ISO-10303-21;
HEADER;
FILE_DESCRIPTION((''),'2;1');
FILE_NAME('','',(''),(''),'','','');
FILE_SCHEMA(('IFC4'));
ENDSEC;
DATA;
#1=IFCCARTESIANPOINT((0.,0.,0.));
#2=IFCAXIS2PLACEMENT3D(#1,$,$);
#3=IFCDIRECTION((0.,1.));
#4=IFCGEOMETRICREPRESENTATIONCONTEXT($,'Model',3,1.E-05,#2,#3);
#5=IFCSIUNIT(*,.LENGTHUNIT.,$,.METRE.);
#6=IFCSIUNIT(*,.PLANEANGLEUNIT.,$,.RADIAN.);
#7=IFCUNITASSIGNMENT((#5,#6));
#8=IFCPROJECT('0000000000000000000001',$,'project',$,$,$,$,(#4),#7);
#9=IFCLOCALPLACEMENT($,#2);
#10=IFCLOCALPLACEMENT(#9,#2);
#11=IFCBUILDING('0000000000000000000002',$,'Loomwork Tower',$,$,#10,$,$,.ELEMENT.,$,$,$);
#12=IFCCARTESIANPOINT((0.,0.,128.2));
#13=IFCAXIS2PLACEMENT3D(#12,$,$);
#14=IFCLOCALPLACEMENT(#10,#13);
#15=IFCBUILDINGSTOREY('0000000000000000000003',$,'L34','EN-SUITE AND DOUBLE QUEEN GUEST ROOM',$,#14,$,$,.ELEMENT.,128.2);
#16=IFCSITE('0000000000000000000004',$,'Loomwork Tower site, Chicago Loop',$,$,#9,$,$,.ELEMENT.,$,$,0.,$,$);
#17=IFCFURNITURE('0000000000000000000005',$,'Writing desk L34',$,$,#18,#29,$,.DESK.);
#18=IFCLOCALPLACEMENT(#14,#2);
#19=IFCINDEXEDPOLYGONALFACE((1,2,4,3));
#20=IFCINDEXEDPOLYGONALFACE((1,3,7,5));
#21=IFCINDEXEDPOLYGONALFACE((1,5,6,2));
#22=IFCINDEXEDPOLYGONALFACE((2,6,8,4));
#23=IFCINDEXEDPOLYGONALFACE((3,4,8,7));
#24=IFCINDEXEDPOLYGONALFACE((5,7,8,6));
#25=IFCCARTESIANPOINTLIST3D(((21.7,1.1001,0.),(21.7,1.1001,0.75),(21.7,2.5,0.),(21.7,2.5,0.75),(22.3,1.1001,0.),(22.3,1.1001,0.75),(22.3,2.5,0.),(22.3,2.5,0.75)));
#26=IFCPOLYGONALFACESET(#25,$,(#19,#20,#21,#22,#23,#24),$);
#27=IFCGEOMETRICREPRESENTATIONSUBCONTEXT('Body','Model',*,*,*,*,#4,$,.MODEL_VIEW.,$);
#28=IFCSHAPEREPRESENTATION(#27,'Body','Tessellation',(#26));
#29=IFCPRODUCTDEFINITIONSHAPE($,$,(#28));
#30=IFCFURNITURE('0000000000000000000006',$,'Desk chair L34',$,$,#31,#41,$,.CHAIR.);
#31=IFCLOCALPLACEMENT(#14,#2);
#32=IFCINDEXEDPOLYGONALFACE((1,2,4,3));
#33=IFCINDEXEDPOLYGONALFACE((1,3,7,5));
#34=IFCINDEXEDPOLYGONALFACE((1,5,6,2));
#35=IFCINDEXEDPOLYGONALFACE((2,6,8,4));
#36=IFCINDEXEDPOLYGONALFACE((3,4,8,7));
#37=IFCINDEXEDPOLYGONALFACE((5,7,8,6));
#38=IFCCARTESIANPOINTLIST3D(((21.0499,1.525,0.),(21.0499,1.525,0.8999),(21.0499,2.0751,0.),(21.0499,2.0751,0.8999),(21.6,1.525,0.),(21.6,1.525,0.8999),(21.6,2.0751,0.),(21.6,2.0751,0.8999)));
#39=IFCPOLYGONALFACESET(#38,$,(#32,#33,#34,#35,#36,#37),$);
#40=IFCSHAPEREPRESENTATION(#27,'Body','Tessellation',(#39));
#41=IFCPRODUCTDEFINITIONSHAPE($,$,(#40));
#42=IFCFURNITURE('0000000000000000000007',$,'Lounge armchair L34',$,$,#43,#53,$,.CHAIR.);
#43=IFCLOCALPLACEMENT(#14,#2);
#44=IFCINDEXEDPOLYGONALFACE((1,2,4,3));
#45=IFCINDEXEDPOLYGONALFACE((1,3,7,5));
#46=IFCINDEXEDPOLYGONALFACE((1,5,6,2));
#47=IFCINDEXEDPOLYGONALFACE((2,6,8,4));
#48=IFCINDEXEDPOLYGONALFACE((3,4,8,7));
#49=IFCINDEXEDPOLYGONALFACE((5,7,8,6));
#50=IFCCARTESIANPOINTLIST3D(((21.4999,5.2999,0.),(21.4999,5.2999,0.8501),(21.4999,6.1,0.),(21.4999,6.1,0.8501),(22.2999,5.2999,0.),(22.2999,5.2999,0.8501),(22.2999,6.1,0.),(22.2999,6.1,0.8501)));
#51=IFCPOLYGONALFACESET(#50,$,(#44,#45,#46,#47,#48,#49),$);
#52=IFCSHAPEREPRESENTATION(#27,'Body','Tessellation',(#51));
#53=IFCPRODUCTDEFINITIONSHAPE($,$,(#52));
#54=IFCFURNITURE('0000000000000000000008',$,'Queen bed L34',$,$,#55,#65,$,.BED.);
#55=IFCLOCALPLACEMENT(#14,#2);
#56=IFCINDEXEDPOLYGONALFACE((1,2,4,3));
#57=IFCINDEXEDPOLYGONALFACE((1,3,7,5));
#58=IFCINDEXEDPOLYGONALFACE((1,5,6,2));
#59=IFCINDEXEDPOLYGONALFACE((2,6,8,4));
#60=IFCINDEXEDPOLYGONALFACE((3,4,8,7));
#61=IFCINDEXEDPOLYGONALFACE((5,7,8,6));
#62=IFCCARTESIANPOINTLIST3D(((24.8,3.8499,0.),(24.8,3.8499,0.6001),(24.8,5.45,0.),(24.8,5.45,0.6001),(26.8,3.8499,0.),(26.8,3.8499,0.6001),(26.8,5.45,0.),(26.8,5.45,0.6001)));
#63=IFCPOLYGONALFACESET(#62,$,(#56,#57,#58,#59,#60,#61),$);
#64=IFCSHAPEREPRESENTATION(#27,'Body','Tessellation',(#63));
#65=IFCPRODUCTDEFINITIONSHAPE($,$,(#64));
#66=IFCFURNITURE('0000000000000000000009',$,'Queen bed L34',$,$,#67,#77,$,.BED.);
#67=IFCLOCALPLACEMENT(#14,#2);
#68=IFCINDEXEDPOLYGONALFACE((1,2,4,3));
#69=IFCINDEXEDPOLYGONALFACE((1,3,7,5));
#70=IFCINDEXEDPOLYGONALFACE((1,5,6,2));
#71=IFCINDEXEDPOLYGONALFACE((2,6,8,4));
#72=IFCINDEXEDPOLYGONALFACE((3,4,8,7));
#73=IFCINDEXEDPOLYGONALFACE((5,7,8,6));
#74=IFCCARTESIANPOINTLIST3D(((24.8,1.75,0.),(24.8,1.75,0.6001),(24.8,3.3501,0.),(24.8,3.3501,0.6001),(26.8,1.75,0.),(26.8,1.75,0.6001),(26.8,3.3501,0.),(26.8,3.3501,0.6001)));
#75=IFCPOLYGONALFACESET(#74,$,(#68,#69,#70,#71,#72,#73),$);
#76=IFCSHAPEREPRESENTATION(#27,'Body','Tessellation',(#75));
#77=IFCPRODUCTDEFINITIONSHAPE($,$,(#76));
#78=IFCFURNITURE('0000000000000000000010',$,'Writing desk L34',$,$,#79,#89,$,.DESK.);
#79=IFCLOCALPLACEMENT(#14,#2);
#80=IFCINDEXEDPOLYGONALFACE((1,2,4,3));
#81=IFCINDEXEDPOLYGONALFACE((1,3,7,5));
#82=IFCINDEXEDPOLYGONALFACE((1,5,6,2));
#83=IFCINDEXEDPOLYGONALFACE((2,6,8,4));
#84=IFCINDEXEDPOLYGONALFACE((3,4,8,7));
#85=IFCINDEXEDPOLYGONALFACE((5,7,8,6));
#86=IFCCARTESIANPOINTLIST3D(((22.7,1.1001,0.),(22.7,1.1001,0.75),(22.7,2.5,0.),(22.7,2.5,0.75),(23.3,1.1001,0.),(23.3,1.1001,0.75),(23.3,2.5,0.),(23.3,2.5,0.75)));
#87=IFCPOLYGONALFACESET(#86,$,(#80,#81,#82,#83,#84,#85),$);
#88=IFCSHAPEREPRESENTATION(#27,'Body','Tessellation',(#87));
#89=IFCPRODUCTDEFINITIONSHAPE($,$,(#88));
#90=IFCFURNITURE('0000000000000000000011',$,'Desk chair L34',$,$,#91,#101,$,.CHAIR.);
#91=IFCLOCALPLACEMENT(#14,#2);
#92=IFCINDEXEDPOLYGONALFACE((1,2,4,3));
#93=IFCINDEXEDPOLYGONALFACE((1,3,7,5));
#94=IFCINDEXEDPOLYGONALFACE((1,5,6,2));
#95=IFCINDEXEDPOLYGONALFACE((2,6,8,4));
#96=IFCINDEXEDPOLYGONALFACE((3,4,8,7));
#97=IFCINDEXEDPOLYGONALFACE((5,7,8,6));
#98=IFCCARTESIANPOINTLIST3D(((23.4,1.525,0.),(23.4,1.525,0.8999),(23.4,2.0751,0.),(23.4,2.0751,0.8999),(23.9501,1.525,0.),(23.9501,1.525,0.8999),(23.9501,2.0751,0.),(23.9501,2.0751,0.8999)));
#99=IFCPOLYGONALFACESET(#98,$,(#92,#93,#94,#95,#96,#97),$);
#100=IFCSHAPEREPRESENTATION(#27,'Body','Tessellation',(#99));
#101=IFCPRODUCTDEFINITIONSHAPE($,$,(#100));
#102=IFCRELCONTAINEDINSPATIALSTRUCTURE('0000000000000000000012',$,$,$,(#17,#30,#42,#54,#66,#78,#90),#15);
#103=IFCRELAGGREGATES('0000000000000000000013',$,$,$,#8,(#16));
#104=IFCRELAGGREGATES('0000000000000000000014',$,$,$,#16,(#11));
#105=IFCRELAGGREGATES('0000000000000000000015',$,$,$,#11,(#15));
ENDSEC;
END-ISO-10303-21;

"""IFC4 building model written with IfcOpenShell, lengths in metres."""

from ifc_helpers import new_model, si_unit, direction, frame, origin, origin_2d, place, context, subcontext, project, spatial, rectangle, extrude, element, save


model = new_model("IFC4")

# Units and contexts
model_context = context("Model", 3, precision=1e-05, world=origin(), true_north=direction((0.0, 1.0)))
body_context = subcontext(model_context, "Body", "Model", "MODEL_VIEW")
ifc_project = project(units=[si_unit("LENGTHUNIT", "METRE"), si_unit("PLANEANGLEUNIT", "RADIAN")], contexts=[model_context])

# Site, building, storey
site_placement = place(None, origin())
site = spatial("IfcSite", under=ifc_project, at=site_placement, Name="Loomwork Tower site, Chicago Loop", CompositionType="ELEMENT", RefElevation=0.0)
building_placement = place(site_placement, origin())
building = spatial("IfcBuilding", under=site, at=building_placement, Name="Loomwork Tower", CompositionType="ELEMENT")
storey_placement = place(building_placement, frame((0.0, 0.0, 128.2)))
storey = spatial("IfcBuildingStorey", under=building, at=storey_placement, Name="L34", Description="EN-SUITE AND DOUBLE QUEEN GUEST ROOM", CompositionType="ELEMENT", Elevation=128.2)

# Furniture
furniture_1_placement = place(storey_placement, frame((22.0, 1.8, 0.0), z_axis=(0.0, 0.0, 1.0), x_axis=(1.0, 0.0, 0.0)))
element("IfcFurniture", 1, at=furniture_1_placement, inside=storey, Name="Writing desk L34", PredefinedType="DESK", context=body_context, shape_type="SweptSolid", body=[
    extrude(rectangle(XDim=0.6001, YDim=1.3999, at=origin_2d()), origin(), (0.0, 0.0, 1.0), 0.75),
])
furniture_2_placement = place(storey_placement, frame((21.325, 1.8, 0.0), z_axis=(0.0, 0.0, 1.0), x_axis=(1.0, 0.0, 0.0)))
element("IfcFurniture", 2, at=furniture_2_placement, inside=storey, Name="Desk chair L34", PredefinedType="CHAIR", context=body_context, shape_type="SweptSolid", body=[
    extrude(rectangle(XDim=0.55, YDim=0.55, at=origin_2d()), origin(), (0.0, 0.0, 1.0), 0.8999),
])
furniture_3_placement = place(storey_placement, frame((21.8999, 5.7, 0.0), z_axis=(0.0, 0.0, 1.0), x_axis=(1.0, 0.0, 0.0)))
element("IfcFurniture", 3, at=furniture_3_placement, inside=storey, Name="Lounge armchair L34", PredefinedType="CHAIR", context=body_context, shape_type="SweptSolid", body=[
    extrude(rectangle(XDim=0.8, YDim=0.8, at=origin_2d()), origin(), (0.0, 0.0, 1.0), 0.8501),
])
for number, where, z_axis, x_axis, name in (
    (4, (25.8, 4.6499, 0.0), (0.0, 0.0, 1.0), (1.0, 0.0, 0.0), "Queen bed L34"),
    (5, (25.8, 2.55, 0.0), (0.0, 0.0, 1.0), (1.0, 0.0, 0.0), "Queen bed L34"),
):
    element("IfcFurniture", number, at=place(storey_placement, frame(where, z_axis=z_axis, x_axis=x_axis)), inside=storey, Name=name, PredefinedType="BED", context=body_context, shape_type="SweptSolid", body=[
        extrude(rectangle(XDim=2.0, YDim=1.6001, at=origin_2d()), origin(), (0.0, 0.0, 1.0), 0.6001),
    ])
furniture_4_placement = place(storey_placement, frame((23.0, 1.8, 0.0), z_axis=(0.0, 0.0, 1.0), x_axis=(1.0, 0.0, 0.0)))
element("IfcFurniture", 6, at=furniture_4_placement, inside=storey, Name="Writing desk L34", PredefinedType="DESK", context=body_context, shape_type="SweptSolid", body=[
    extrude(rectangle(XDim=0.6001, YDim=1.3999, at=origin_2d()), origin(), (0.0, 0.0, 1.0), 0.75),
])
furniture_5_placement = place(storey_placement, frame((23.675, 1.8, 0.0), z_axis=(0.0, 0.0, 1.0), x_axis=(1.0, 0.0, 0.0)))
element("IfcFurniture", 7, at=furniture_5_placement, inside=storey, Name="Desk chair L34", PredefinedType="CHAIR", context=body_context, shape_type="SweptSolid", body=[
    extrude(rectangle(XDim=0.55, YDim=0.55, at=origin_2d()), origin(), (0.0, 0.0, 1.0), 0.8999),
])

save(model, "model.ifc")
